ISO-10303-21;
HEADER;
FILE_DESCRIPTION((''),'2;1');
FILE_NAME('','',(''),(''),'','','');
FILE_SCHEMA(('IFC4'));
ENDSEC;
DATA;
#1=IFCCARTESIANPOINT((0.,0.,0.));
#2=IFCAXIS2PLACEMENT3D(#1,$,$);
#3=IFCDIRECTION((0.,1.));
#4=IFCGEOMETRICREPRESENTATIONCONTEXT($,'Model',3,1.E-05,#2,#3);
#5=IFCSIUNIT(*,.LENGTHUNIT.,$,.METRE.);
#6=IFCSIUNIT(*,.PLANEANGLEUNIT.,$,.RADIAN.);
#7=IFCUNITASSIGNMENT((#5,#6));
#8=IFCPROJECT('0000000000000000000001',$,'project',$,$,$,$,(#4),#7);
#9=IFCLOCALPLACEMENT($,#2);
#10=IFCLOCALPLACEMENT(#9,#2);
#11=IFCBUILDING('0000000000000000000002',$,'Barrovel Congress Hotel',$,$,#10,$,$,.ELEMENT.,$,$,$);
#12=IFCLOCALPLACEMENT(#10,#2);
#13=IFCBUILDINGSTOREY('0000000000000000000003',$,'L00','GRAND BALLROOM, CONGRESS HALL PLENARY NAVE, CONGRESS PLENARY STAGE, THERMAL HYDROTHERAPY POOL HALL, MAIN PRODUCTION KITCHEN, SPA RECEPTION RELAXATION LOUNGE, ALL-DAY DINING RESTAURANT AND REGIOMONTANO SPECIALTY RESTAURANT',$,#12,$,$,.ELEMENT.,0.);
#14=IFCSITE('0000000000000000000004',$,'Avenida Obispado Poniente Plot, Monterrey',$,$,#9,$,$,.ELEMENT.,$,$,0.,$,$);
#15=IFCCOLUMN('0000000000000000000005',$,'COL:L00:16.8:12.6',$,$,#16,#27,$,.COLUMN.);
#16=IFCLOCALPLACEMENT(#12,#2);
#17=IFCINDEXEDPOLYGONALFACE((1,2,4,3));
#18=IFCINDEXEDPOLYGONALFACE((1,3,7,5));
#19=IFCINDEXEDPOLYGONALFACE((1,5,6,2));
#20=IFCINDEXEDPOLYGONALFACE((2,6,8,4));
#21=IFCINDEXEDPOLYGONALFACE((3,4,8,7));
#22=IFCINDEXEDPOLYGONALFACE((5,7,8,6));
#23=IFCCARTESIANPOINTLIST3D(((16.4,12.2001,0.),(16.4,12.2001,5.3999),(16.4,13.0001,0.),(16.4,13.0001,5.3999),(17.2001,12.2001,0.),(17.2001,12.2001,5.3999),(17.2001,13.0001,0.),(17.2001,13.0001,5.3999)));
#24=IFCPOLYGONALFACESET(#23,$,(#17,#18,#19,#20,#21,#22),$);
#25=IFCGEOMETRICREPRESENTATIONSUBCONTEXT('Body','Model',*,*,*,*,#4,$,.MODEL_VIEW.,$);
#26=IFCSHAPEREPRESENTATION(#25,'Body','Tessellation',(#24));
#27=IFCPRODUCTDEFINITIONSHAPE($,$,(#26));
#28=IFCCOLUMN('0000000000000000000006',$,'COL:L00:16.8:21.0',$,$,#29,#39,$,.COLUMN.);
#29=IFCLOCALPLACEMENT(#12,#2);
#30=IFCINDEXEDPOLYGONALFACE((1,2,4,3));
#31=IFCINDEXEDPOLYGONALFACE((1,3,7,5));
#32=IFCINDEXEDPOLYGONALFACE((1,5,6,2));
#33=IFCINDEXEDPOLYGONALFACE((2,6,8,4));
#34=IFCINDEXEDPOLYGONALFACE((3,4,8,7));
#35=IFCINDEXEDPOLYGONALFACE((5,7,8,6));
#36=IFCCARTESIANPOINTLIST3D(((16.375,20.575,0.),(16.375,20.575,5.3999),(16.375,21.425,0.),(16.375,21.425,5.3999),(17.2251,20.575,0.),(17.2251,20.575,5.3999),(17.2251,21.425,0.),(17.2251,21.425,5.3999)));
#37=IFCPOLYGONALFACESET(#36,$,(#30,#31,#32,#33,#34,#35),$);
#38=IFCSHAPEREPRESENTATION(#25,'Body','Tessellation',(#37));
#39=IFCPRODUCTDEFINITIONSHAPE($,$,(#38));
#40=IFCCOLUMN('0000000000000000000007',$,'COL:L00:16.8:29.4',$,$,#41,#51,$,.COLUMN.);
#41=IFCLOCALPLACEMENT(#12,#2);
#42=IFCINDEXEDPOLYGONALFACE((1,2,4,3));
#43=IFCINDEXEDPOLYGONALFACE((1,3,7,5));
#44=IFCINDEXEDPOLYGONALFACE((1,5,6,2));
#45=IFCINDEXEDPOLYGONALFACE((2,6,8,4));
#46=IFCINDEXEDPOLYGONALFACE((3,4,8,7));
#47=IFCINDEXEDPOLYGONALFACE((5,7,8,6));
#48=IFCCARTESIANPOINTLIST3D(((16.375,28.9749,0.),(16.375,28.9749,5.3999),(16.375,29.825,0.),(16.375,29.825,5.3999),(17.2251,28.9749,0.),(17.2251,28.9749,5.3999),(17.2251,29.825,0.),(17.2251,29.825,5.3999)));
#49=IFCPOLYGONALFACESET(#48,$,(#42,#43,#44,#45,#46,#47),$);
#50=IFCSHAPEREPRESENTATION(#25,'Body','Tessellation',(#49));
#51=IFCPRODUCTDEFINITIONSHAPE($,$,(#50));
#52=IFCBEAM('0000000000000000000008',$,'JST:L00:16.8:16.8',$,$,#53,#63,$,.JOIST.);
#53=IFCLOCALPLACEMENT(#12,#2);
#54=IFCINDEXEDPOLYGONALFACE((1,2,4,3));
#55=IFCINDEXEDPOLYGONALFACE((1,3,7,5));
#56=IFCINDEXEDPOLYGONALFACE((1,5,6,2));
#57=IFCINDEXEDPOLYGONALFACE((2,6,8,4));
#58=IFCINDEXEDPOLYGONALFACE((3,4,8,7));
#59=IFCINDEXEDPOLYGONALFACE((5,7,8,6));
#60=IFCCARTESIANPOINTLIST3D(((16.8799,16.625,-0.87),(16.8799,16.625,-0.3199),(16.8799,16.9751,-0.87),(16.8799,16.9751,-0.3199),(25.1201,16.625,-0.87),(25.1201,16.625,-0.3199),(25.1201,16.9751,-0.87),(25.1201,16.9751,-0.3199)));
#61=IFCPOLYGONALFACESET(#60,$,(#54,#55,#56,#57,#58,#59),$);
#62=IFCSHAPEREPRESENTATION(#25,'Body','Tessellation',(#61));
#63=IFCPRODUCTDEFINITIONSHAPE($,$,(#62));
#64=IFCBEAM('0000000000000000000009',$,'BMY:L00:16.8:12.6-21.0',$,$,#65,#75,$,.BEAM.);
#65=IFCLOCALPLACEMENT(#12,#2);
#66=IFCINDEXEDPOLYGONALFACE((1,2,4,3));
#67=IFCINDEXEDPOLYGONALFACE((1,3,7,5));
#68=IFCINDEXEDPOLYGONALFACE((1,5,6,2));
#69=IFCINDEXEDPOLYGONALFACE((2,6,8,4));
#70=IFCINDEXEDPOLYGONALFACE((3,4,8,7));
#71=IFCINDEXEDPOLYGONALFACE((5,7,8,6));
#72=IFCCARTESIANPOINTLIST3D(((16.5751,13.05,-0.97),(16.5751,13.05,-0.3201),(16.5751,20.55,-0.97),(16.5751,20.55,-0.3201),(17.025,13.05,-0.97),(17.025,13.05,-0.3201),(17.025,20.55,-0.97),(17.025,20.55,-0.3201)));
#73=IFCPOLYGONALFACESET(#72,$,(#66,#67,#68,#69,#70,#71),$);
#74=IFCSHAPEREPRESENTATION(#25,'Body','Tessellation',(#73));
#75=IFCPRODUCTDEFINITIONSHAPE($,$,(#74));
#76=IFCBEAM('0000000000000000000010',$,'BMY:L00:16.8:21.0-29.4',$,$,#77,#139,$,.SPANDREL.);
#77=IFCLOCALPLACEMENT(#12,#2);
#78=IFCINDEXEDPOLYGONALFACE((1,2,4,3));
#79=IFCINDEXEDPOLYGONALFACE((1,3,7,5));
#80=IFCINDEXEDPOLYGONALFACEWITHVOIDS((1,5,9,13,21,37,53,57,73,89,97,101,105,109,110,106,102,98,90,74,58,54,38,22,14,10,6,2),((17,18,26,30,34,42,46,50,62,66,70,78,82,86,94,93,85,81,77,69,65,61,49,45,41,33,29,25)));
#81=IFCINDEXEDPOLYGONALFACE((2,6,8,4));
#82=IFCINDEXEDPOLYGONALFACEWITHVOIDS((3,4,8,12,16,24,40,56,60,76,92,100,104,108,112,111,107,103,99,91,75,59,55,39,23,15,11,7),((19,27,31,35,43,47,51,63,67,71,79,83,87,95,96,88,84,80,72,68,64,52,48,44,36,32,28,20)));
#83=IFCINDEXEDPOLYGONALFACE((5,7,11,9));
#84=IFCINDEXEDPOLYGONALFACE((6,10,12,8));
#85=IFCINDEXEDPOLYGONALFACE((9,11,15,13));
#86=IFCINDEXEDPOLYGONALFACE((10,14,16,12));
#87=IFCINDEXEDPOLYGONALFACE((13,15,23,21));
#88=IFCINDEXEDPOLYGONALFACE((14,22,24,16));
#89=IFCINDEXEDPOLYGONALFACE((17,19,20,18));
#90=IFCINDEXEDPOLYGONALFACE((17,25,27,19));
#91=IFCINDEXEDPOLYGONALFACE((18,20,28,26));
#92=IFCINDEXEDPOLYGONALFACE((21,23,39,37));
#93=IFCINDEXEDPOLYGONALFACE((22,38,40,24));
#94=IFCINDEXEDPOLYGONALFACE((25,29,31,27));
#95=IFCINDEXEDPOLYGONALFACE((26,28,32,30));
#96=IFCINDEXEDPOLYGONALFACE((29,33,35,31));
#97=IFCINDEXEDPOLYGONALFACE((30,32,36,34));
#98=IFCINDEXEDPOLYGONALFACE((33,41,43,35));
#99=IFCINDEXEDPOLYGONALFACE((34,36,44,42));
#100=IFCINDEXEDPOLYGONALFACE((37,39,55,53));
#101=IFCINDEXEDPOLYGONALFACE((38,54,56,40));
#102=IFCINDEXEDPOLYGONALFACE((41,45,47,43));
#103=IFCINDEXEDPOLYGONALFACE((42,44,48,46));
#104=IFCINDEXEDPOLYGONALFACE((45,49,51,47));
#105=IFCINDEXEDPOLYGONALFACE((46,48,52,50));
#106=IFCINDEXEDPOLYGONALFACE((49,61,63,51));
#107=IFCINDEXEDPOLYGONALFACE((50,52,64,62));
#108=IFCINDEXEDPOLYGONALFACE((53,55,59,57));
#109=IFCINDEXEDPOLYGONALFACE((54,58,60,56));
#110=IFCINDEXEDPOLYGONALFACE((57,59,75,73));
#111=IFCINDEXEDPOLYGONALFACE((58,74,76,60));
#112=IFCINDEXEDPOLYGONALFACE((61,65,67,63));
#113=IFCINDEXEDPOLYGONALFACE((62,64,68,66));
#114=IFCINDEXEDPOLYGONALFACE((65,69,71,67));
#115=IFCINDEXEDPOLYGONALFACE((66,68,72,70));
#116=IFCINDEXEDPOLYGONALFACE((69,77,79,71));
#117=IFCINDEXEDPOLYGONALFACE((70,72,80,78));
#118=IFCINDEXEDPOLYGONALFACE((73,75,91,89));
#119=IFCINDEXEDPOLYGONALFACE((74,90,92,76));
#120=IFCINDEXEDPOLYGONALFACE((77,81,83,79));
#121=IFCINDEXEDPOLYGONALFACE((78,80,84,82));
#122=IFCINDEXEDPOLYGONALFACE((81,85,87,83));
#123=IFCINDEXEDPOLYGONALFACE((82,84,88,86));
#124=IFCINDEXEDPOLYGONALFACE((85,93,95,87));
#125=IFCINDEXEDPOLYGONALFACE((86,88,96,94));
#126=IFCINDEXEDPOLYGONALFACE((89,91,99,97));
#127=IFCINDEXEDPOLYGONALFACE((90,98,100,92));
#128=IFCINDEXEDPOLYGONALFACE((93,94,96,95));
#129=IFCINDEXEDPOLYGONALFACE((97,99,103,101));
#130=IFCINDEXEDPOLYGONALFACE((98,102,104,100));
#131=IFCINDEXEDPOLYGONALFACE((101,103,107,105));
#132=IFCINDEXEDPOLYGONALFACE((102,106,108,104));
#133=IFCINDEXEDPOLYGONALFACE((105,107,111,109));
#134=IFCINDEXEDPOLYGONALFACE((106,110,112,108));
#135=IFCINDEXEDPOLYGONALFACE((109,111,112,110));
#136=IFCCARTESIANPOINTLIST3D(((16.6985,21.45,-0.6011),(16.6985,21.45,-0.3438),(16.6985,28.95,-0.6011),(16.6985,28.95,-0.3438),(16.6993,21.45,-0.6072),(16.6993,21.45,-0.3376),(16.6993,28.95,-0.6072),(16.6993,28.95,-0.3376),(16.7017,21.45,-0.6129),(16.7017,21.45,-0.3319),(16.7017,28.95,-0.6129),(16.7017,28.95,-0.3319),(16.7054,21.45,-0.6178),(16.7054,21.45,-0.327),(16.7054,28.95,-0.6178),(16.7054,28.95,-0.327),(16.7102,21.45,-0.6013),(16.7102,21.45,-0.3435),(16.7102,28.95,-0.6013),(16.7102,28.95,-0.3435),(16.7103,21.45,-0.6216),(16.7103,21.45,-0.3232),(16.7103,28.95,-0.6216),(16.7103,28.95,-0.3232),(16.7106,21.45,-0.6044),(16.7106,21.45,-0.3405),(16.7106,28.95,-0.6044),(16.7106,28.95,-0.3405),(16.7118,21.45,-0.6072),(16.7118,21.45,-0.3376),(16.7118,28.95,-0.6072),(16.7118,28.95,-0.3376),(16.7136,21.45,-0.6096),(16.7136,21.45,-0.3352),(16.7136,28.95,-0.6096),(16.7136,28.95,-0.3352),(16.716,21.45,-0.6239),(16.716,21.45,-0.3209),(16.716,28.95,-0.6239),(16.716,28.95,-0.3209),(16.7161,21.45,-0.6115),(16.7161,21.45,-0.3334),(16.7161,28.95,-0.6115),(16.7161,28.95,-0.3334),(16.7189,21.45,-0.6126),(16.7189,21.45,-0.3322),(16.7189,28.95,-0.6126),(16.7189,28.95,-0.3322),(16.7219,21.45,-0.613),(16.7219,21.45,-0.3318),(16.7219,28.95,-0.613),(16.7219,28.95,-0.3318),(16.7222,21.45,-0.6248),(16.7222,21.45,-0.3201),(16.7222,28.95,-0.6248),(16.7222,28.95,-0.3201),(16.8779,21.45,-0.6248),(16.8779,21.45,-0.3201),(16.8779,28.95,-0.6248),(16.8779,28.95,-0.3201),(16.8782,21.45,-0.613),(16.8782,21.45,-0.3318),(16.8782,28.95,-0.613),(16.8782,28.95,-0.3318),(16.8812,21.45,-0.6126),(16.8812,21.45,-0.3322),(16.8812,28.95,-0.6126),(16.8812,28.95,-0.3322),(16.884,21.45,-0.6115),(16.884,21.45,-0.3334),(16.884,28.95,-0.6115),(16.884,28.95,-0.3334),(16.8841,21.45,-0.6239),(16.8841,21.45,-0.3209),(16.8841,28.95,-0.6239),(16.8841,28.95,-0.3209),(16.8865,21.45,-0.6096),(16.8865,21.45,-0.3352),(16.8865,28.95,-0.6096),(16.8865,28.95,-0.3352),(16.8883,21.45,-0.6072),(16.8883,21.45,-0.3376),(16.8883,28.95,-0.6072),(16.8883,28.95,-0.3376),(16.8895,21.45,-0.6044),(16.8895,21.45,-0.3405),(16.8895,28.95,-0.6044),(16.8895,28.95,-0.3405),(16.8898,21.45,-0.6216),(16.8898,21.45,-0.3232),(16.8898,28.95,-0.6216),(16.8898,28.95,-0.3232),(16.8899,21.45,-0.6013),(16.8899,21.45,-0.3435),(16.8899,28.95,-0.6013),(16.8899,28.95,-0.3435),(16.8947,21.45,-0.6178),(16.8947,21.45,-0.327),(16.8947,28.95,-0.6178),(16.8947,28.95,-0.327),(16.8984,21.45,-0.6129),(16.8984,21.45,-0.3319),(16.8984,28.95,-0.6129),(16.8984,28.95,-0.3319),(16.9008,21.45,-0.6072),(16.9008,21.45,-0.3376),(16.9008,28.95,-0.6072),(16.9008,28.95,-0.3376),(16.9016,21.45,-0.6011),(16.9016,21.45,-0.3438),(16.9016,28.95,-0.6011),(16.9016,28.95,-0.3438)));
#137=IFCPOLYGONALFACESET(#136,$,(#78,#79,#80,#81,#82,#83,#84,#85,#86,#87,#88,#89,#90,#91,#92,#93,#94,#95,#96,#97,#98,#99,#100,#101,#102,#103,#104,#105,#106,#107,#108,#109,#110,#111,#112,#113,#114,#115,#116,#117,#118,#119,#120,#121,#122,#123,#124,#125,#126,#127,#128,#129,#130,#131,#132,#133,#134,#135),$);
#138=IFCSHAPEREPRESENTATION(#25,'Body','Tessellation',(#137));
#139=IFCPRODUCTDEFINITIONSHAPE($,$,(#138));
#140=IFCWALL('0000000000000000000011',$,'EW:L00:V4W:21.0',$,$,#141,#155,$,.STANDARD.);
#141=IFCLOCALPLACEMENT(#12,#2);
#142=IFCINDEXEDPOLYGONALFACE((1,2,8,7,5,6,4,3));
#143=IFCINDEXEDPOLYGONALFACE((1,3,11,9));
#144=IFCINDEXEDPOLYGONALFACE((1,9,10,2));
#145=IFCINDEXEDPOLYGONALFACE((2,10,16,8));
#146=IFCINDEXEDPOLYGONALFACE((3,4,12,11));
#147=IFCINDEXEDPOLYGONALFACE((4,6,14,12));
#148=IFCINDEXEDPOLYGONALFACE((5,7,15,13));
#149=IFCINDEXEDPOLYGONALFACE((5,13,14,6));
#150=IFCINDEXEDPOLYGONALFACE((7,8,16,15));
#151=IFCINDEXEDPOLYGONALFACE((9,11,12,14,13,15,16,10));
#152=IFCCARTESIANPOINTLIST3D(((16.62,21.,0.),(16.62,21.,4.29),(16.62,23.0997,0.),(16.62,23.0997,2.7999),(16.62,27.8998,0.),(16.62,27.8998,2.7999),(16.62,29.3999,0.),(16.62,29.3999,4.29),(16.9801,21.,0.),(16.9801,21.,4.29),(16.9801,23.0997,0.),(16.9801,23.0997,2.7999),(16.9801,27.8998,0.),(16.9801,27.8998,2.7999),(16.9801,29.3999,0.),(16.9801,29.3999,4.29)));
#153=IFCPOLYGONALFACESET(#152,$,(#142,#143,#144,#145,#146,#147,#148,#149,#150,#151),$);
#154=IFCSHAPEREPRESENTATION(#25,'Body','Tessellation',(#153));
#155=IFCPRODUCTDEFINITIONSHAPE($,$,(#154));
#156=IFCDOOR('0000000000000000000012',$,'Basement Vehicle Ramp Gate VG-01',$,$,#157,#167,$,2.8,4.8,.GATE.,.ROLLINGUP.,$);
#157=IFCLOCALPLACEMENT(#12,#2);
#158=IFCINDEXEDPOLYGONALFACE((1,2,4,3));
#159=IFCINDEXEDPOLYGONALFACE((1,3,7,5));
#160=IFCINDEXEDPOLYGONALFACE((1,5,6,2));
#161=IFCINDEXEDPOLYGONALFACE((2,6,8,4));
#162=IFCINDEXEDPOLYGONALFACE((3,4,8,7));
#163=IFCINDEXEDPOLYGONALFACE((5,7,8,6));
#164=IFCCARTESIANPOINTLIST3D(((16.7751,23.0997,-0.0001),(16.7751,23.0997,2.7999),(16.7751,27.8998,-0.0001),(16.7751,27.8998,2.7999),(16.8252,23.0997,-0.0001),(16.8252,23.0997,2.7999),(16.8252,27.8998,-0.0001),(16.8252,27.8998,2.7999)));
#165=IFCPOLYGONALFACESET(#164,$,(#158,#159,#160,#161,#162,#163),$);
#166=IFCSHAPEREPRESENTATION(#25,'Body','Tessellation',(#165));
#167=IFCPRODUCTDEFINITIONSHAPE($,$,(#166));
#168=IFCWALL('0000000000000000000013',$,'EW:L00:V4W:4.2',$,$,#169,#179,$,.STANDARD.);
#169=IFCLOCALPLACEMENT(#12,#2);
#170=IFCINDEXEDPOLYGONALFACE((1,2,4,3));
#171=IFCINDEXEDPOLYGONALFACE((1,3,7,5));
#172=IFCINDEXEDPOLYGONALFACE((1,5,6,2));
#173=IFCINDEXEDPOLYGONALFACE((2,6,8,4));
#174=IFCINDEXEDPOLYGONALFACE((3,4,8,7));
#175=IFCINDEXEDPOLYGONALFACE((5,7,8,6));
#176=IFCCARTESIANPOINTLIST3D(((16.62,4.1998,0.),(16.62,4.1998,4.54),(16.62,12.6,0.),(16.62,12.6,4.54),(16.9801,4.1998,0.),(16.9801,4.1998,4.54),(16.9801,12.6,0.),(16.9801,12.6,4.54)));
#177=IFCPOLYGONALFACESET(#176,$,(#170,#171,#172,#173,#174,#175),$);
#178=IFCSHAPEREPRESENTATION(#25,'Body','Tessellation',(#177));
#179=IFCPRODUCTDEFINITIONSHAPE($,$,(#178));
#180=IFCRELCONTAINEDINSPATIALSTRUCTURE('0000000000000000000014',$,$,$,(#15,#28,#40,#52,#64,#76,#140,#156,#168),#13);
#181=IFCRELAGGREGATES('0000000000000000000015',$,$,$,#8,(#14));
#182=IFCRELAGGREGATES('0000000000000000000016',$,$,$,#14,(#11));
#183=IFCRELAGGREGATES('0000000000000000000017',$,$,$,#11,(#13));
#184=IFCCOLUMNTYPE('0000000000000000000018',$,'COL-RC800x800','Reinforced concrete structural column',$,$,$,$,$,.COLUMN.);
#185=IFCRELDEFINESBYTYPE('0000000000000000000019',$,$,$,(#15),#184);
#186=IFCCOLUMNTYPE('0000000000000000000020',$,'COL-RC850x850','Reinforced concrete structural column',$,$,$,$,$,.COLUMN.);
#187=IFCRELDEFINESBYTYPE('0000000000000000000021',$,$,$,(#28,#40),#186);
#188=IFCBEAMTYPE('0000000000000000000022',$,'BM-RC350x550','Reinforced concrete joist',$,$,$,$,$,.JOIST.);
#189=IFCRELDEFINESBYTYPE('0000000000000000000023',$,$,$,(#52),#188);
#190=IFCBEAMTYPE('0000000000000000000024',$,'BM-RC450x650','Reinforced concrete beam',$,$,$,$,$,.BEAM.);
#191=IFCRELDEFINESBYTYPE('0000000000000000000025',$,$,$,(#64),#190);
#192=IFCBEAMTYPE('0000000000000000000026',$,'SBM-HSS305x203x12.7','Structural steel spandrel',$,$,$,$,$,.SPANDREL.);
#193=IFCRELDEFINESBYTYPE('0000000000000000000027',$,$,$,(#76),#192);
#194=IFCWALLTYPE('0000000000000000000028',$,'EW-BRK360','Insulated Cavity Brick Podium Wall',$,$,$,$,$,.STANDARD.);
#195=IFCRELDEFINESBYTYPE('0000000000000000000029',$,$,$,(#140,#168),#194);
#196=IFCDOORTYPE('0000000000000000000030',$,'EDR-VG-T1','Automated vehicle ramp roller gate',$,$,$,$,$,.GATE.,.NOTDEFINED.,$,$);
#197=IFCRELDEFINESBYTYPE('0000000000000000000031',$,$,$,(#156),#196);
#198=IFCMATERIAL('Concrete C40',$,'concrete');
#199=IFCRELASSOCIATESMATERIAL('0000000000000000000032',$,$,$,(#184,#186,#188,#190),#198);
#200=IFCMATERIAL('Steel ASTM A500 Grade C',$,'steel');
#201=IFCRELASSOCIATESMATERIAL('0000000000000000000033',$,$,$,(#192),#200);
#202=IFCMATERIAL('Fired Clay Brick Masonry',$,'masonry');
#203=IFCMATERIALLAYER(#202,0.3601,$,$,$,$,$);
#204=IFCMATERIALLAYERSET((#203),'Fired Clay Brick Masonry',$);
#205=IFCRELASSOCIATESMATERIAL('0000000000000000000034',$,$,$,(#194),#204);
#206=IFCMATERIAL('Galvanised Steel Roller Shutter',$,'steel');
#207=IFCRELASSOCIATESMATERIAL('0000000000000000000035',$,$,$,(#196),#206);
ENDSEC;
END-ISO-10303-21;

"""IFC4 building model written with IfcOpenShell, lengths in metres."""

from ifc_helpers import new_model, si_unit, direction, frame, frame_2d, origin, origin_2d, place, context, subcontext, project, spatial, rectangle, hollow_rectangle, extrude, material, layer, layer_set, material_profile, profile_set, type_object, element, fill, save


model = new_model("IFC4")

# Units and contexts
model_context = context("Model", 3, precision=1e-05, world=origin(), true_north=direction((0.0, 1.0)))
body_context = subcontext(model_context, "Body", "Model", "MODEL_VIEW")
ifc_project = project(units=[si_unit("LENGTHUNIT", "METRE"), si_unit("PLANEANGLEUNIT", "RADIAN")], contexts=[model_context])

# Site, building, storey
site_placement = place(None, origin())
site = spatial("IfcSite", under=ifc_project, at=site_placement, Name="Avenida Obispado Poniente Plot, Monterrey", CompositionType="ELEMENT", RefElevation=0.0)
building_placement = place(site_placement, origin())
building = spatial("IfcBuilding", under=site, at=building_placement, Name="Barrovel Congress Hotel", CompositionType="ELEMENT")
storey_placement = place(building_placement, origin())
storey = spatial("IfcBuildingStorey", under=building, at=storey_placement, Name="L00", Description="GRAND BALLROOM, CONGRESS HALL PLENARY NAVE, CONGRESS PLENARY STAGE, THERMAL HYDROTHERAPY POOL HALL, MAIN PRODUCTION KITCHEN, SPA RECEPTION RELAXATION LOUNGE, ALL-DAY DINING RESTAURANT AND REGIOMONTANO SPECIALTY RESTAURANT", CompositionType="ELEMENT", Elevation=0.0)

# Columns
ifc_material_1 = material(Name="Concrete C40", Category="concrete")
ifc_material_profile_1 = material_profile(ifc_material_1, rectangle(XDim=0.8, YDim=0.8, at=origin_2d()), Name="RC800x800")
ifc_profile_set_1 = profile_set([ifc_material_profile_1], Name="Concrete C40")
column_type_1 = type_object("IfcColumnType", Name="COL-RC800x800", Description="Reinforced concrete structural column", PredefinedType="COLUMN", material=ifc_profile_set_1)
column_placement = place(storey_placement, frame((16.8, 12.6001, 0.0), z_axis=(0.0, 0.0, 1.0), x_axis=(1.0, 0.0, 0.0)))
element("IfcColumn", 1, at=column_placement, inside=storey, type_object=column_type_1, Name="COL:L00:16.8:12.6", PredefinedType="COLUMN", context=body_context, shape_type="SweptSolid", body=[
    extrude(rectangle(XDim=0.8, YDim=0.8, at=origin_2d()), origin(), (0.0, 0.0, 1.0), 5.3999),
])
ifc_material_profile_2 = material_profile(ifc_material_1, rectangle(XDim=0.8501, YDim=0.8501, at=origin_2d()), Name="RC850x850")
ifc_profile_set_2 = profile_set([ifc_material_profile_2], Name="Concrete C40")
column_type_2 = type_object("IfcColumnType", Name="COL-RC850x850", Description="Reinforced concrete structural column", PredefinedType="COLUMN", material=ifc_profile_set_2)
for number, where, z_axis, x_axis, name in (
    (2, (16.8, 21.0, 0.0), (0.0, 0.0, 1.0), (1.0, 0.0, 0.0), "COL:L00:16.8:21.0"),
    (3, (16.8, 29.3999, 0.0), (0.0, 0.0, 1.0), (1.0, 0.0, 0.0), "COL:L00:16.8:29.4"),
):
    element("IfcColumn", number, at=place(storey_placement, frame(where, z_axis=z_axis, x_axis=x_axis)), inside=storey, type_object=column_type_2, Name=name, PredefinedType="COLUMN", context=body_context, shape_type="SweptSolid", body=[
        extrude(rectangle(XDim=0.8501, YDim=0.8501, at=origin_2d()), origin(), (0.0, 0.0, 1.0), 5.3999),
    ])

# Beams
ifc_material_profile_3 = material_profile(ifc_material_1, rectangle(XDim=0.3501, YDim=0.55, at=origin_2d()), Name="RC350x550")
ifc_profile_set_3 = profile_set([ifc_material_profile_3], Name="Concrete C40")
beam_type_1 = type_object("IfcBeamType", Name="BM-RC350x550", Description="Reinforced concrete joist", PredefinedType="JOIST", material=ifc_profile_set_3)
beam_1_placement = place(storey_placement, frame((16.8799, 16.8, -0.595), z_axis=(1.0, 0.0, 0.0), x_axis=(0.0, 1.0, 0.0)))
element("IfcBeam", 4, at=beam_1_placement, inside=storey, type_object=beam_type_1, Name="JST:L00:16.8:16.8", PredefinedType="JOIST", context=body_context, shape_type="SweptSolid", body=[
    extrude(rectangle(XDim=0.3501, YDim=0.55, at=origin_2d()), origin(), (0.0, 0.0, 1.0), 8.2402),
])
ifc_material_profile_4 = material_profile(ifc_material_1, rectangle(XDim=0.45, YDim=0.6499, at=origin_2d()), Name="RC450x650")
ifc_profile_set_4 = profile_set([ifc_material_profile_4], Name="Concrete C40")
beam_type_2 = type_object("IfcBeamType", Name="BM-RC450x650", Description="Reinforced concrete beam", PredefinedType="BEAM", material=ifc_profile_set_4)
beam_2_placement = place(storey_placement, frame((16.8, 13.05, -0.645), z_axis=(0.0, 1.0, 0.0), x_axis=(-1.0, 0.0, 0.0)))
element("IfcBeam", 5, at=beam_2_placement, inside=storey, type_object=beam_type_2, Name="BMY:L00:16.8:12.6-21.0", PredefinedType="BEAM", context=body_context, shape_type="SweptSolid", body=[
    extrude(rectangle(XDim=0.45, YDim=0.6499, at=origin_2d()), origin(), (0.0, 0.0, 1.0), 7.5),
])
ifc_material_2 = material(Name="Steel ASTM A500 Grade C", Category="steel")
ifc_material_profile_5 = material_profile(ifc_material_2, hollow_rectangle(XDim=0.2031, YDim=0.3047, WallThickness=0.0117, InnerFilletRadius=0.0117, OuterFilletRadius=0.0237, at=origin_2d()), Name="HSS305x203x12.7")
ifc_profile_set_5 = profile_set([ifc_material_profile_5], Name="Steel ASTM A500 Grade C")
beam_type_3 = type_object("IfcBeamType", Name="SBM-HSS305x203x12.7", Description="Structural steel spandrel", PredefinedType="SPANDREL", material=ifc_profile_set_5)
beam_3_placement = place(storey_placement, frame((16.8, 21.45, -0.4724), z_axis=(0.0, 1.0, 0.0), x_axis=(-1.0, 0.0, 0.0)))
element("IfcBeam", 6, at=beam_3_placement, inside=storey, type_object=beam_type_3, Name="BMY:L00:16.8:21.0-29.4", PredefinedType="SPANDREL", context=body_context, shape_type="SweptSolid", body=[
    extrude(hollow_rectangle(XDim=0.2031, YDim=0.3047, WallThickness=0.0117, InnerFilletRadius=0.0117, OuterFilletRadius=0.0237, at=origin_2d()), origin(), (0.0, 0.0, 1.0), 7.5),
])

# Wall, opening, door
ifc_material_3 = material(Name="Fired Clay Brick Masonry", Category="masonry")
ifc_layer_1 = layer(ifc_material_3, 0.3601)
ifc_layer_set_1 = layer_set([ifc_layer_1], Name="Fired Clay Brick Masonry")
wall_type_1 = type_object("IfcWallType", Name="EW-BRK360", Description="Insulated Cavity Brick Podium Wall", PredefinedType="STANDARD", material=ifc_layer_set_1)
wall_1_placement = place(storey_placement, frame((16.8, 29.3999, 0.0), z_axis=(0.0, 0.0, 1.0), x_axis=(0.0, -1.0, 0.0)))
wall_1 = element("IfcWall", 7, at=wall_1_placement, inside=storey, type_object=wall_type_1, Name="EW:L00:V4W:21.0", PredefinedType="STANDARD", context=body_context, shape_type="SweptSolid", body=[
    extrude(rectangle(XDim=8.3999, YDim=0.3601, at=frame_2d((4.2, 0.0))), origin(), (0.0, 0.0, 1.0), 4.29),
])
opening_1_placement = place(wall_1_placement, frame((6.3, 0.0, 0.0), z_axis=(0.0, 0.0, 1.0), x_axis=(-1.0, 0.0, 0.0)))
opening_1 = element("IfcOpeningElement", 8, at=opening_1_placement, cuts=wall_1, PredefinedType="OPENING", context=body_context, shape_type="SweptSolid", body=[
    extrude(rectangle(XDim=4.8, YDim=2.8, at=frame_2d((2.3999, 1.3999))), frame((0.0, 0.1899, 0.0), z_axis=(0.0, -1.0, 0.0), x_axis=(1.0, 0.0, 0.0)), (0.0, 0.0, 1.0), 0.3801),
])
ifc_material_4 = material(Name="Galvanised Steel Roller Shutter", Category="steel")
door_type_1 = type_object("IfcDoorType", Name="EDR-VG-T1", Description="Automated vehicle ramp roller gate", OperationType="NOTDEFINED", PredefinedType="GATE", material=ifc_material_4)
door_1_placement = place(opening_1_placement, origin())
door_1 = element("IfcDoor", 9, at=door_1_placement, inside=storey, type_object=door_type_1, Name="Basement Vehicle Ramp Gate VG-01", OperationType="ROLLINGUP", OverallHeight=2.8, OverallWidth=4.8, PredefinedType="GATE", context=body_context, shape_type="SweptSolid", body=[
    extrude(rectangle(XDim=4.8, YDim=2.8, at=frame_2d((2.3999, 1.3999))), frame((0.0, 0.0249, 0.0), z_axis=(0.0, -1.0, 0.0), x_axis=(1.0, 0.0, 0.0)), (0.0, 0.0, 1.0), 0.05),
])
fill(opening_1, door_1)

# Wall
wall_2_placement = place(storey_placement, frame((16.8, 12.6001, 0.0), z_axis=(0.0, 0.0, 1.0), x_axis=(0.0, -1.0, 0.0)))
element("IfcWall", 10, at=wall_2_placement, inside=storey, type_object=wall_type_1, Name="EW:L00:V4W:4.2", PredefinedType="STANDARD", context=body_context, shape_type="SweptSolid", body=[
    extrude(rectangle(XDim=8.4001, YDim=0.3601, at=frame_2d((4.2002, 0.0))), origin(), (0.0, 0.0, 1.0), 4.54),
])

save(model, "model.ifc")
